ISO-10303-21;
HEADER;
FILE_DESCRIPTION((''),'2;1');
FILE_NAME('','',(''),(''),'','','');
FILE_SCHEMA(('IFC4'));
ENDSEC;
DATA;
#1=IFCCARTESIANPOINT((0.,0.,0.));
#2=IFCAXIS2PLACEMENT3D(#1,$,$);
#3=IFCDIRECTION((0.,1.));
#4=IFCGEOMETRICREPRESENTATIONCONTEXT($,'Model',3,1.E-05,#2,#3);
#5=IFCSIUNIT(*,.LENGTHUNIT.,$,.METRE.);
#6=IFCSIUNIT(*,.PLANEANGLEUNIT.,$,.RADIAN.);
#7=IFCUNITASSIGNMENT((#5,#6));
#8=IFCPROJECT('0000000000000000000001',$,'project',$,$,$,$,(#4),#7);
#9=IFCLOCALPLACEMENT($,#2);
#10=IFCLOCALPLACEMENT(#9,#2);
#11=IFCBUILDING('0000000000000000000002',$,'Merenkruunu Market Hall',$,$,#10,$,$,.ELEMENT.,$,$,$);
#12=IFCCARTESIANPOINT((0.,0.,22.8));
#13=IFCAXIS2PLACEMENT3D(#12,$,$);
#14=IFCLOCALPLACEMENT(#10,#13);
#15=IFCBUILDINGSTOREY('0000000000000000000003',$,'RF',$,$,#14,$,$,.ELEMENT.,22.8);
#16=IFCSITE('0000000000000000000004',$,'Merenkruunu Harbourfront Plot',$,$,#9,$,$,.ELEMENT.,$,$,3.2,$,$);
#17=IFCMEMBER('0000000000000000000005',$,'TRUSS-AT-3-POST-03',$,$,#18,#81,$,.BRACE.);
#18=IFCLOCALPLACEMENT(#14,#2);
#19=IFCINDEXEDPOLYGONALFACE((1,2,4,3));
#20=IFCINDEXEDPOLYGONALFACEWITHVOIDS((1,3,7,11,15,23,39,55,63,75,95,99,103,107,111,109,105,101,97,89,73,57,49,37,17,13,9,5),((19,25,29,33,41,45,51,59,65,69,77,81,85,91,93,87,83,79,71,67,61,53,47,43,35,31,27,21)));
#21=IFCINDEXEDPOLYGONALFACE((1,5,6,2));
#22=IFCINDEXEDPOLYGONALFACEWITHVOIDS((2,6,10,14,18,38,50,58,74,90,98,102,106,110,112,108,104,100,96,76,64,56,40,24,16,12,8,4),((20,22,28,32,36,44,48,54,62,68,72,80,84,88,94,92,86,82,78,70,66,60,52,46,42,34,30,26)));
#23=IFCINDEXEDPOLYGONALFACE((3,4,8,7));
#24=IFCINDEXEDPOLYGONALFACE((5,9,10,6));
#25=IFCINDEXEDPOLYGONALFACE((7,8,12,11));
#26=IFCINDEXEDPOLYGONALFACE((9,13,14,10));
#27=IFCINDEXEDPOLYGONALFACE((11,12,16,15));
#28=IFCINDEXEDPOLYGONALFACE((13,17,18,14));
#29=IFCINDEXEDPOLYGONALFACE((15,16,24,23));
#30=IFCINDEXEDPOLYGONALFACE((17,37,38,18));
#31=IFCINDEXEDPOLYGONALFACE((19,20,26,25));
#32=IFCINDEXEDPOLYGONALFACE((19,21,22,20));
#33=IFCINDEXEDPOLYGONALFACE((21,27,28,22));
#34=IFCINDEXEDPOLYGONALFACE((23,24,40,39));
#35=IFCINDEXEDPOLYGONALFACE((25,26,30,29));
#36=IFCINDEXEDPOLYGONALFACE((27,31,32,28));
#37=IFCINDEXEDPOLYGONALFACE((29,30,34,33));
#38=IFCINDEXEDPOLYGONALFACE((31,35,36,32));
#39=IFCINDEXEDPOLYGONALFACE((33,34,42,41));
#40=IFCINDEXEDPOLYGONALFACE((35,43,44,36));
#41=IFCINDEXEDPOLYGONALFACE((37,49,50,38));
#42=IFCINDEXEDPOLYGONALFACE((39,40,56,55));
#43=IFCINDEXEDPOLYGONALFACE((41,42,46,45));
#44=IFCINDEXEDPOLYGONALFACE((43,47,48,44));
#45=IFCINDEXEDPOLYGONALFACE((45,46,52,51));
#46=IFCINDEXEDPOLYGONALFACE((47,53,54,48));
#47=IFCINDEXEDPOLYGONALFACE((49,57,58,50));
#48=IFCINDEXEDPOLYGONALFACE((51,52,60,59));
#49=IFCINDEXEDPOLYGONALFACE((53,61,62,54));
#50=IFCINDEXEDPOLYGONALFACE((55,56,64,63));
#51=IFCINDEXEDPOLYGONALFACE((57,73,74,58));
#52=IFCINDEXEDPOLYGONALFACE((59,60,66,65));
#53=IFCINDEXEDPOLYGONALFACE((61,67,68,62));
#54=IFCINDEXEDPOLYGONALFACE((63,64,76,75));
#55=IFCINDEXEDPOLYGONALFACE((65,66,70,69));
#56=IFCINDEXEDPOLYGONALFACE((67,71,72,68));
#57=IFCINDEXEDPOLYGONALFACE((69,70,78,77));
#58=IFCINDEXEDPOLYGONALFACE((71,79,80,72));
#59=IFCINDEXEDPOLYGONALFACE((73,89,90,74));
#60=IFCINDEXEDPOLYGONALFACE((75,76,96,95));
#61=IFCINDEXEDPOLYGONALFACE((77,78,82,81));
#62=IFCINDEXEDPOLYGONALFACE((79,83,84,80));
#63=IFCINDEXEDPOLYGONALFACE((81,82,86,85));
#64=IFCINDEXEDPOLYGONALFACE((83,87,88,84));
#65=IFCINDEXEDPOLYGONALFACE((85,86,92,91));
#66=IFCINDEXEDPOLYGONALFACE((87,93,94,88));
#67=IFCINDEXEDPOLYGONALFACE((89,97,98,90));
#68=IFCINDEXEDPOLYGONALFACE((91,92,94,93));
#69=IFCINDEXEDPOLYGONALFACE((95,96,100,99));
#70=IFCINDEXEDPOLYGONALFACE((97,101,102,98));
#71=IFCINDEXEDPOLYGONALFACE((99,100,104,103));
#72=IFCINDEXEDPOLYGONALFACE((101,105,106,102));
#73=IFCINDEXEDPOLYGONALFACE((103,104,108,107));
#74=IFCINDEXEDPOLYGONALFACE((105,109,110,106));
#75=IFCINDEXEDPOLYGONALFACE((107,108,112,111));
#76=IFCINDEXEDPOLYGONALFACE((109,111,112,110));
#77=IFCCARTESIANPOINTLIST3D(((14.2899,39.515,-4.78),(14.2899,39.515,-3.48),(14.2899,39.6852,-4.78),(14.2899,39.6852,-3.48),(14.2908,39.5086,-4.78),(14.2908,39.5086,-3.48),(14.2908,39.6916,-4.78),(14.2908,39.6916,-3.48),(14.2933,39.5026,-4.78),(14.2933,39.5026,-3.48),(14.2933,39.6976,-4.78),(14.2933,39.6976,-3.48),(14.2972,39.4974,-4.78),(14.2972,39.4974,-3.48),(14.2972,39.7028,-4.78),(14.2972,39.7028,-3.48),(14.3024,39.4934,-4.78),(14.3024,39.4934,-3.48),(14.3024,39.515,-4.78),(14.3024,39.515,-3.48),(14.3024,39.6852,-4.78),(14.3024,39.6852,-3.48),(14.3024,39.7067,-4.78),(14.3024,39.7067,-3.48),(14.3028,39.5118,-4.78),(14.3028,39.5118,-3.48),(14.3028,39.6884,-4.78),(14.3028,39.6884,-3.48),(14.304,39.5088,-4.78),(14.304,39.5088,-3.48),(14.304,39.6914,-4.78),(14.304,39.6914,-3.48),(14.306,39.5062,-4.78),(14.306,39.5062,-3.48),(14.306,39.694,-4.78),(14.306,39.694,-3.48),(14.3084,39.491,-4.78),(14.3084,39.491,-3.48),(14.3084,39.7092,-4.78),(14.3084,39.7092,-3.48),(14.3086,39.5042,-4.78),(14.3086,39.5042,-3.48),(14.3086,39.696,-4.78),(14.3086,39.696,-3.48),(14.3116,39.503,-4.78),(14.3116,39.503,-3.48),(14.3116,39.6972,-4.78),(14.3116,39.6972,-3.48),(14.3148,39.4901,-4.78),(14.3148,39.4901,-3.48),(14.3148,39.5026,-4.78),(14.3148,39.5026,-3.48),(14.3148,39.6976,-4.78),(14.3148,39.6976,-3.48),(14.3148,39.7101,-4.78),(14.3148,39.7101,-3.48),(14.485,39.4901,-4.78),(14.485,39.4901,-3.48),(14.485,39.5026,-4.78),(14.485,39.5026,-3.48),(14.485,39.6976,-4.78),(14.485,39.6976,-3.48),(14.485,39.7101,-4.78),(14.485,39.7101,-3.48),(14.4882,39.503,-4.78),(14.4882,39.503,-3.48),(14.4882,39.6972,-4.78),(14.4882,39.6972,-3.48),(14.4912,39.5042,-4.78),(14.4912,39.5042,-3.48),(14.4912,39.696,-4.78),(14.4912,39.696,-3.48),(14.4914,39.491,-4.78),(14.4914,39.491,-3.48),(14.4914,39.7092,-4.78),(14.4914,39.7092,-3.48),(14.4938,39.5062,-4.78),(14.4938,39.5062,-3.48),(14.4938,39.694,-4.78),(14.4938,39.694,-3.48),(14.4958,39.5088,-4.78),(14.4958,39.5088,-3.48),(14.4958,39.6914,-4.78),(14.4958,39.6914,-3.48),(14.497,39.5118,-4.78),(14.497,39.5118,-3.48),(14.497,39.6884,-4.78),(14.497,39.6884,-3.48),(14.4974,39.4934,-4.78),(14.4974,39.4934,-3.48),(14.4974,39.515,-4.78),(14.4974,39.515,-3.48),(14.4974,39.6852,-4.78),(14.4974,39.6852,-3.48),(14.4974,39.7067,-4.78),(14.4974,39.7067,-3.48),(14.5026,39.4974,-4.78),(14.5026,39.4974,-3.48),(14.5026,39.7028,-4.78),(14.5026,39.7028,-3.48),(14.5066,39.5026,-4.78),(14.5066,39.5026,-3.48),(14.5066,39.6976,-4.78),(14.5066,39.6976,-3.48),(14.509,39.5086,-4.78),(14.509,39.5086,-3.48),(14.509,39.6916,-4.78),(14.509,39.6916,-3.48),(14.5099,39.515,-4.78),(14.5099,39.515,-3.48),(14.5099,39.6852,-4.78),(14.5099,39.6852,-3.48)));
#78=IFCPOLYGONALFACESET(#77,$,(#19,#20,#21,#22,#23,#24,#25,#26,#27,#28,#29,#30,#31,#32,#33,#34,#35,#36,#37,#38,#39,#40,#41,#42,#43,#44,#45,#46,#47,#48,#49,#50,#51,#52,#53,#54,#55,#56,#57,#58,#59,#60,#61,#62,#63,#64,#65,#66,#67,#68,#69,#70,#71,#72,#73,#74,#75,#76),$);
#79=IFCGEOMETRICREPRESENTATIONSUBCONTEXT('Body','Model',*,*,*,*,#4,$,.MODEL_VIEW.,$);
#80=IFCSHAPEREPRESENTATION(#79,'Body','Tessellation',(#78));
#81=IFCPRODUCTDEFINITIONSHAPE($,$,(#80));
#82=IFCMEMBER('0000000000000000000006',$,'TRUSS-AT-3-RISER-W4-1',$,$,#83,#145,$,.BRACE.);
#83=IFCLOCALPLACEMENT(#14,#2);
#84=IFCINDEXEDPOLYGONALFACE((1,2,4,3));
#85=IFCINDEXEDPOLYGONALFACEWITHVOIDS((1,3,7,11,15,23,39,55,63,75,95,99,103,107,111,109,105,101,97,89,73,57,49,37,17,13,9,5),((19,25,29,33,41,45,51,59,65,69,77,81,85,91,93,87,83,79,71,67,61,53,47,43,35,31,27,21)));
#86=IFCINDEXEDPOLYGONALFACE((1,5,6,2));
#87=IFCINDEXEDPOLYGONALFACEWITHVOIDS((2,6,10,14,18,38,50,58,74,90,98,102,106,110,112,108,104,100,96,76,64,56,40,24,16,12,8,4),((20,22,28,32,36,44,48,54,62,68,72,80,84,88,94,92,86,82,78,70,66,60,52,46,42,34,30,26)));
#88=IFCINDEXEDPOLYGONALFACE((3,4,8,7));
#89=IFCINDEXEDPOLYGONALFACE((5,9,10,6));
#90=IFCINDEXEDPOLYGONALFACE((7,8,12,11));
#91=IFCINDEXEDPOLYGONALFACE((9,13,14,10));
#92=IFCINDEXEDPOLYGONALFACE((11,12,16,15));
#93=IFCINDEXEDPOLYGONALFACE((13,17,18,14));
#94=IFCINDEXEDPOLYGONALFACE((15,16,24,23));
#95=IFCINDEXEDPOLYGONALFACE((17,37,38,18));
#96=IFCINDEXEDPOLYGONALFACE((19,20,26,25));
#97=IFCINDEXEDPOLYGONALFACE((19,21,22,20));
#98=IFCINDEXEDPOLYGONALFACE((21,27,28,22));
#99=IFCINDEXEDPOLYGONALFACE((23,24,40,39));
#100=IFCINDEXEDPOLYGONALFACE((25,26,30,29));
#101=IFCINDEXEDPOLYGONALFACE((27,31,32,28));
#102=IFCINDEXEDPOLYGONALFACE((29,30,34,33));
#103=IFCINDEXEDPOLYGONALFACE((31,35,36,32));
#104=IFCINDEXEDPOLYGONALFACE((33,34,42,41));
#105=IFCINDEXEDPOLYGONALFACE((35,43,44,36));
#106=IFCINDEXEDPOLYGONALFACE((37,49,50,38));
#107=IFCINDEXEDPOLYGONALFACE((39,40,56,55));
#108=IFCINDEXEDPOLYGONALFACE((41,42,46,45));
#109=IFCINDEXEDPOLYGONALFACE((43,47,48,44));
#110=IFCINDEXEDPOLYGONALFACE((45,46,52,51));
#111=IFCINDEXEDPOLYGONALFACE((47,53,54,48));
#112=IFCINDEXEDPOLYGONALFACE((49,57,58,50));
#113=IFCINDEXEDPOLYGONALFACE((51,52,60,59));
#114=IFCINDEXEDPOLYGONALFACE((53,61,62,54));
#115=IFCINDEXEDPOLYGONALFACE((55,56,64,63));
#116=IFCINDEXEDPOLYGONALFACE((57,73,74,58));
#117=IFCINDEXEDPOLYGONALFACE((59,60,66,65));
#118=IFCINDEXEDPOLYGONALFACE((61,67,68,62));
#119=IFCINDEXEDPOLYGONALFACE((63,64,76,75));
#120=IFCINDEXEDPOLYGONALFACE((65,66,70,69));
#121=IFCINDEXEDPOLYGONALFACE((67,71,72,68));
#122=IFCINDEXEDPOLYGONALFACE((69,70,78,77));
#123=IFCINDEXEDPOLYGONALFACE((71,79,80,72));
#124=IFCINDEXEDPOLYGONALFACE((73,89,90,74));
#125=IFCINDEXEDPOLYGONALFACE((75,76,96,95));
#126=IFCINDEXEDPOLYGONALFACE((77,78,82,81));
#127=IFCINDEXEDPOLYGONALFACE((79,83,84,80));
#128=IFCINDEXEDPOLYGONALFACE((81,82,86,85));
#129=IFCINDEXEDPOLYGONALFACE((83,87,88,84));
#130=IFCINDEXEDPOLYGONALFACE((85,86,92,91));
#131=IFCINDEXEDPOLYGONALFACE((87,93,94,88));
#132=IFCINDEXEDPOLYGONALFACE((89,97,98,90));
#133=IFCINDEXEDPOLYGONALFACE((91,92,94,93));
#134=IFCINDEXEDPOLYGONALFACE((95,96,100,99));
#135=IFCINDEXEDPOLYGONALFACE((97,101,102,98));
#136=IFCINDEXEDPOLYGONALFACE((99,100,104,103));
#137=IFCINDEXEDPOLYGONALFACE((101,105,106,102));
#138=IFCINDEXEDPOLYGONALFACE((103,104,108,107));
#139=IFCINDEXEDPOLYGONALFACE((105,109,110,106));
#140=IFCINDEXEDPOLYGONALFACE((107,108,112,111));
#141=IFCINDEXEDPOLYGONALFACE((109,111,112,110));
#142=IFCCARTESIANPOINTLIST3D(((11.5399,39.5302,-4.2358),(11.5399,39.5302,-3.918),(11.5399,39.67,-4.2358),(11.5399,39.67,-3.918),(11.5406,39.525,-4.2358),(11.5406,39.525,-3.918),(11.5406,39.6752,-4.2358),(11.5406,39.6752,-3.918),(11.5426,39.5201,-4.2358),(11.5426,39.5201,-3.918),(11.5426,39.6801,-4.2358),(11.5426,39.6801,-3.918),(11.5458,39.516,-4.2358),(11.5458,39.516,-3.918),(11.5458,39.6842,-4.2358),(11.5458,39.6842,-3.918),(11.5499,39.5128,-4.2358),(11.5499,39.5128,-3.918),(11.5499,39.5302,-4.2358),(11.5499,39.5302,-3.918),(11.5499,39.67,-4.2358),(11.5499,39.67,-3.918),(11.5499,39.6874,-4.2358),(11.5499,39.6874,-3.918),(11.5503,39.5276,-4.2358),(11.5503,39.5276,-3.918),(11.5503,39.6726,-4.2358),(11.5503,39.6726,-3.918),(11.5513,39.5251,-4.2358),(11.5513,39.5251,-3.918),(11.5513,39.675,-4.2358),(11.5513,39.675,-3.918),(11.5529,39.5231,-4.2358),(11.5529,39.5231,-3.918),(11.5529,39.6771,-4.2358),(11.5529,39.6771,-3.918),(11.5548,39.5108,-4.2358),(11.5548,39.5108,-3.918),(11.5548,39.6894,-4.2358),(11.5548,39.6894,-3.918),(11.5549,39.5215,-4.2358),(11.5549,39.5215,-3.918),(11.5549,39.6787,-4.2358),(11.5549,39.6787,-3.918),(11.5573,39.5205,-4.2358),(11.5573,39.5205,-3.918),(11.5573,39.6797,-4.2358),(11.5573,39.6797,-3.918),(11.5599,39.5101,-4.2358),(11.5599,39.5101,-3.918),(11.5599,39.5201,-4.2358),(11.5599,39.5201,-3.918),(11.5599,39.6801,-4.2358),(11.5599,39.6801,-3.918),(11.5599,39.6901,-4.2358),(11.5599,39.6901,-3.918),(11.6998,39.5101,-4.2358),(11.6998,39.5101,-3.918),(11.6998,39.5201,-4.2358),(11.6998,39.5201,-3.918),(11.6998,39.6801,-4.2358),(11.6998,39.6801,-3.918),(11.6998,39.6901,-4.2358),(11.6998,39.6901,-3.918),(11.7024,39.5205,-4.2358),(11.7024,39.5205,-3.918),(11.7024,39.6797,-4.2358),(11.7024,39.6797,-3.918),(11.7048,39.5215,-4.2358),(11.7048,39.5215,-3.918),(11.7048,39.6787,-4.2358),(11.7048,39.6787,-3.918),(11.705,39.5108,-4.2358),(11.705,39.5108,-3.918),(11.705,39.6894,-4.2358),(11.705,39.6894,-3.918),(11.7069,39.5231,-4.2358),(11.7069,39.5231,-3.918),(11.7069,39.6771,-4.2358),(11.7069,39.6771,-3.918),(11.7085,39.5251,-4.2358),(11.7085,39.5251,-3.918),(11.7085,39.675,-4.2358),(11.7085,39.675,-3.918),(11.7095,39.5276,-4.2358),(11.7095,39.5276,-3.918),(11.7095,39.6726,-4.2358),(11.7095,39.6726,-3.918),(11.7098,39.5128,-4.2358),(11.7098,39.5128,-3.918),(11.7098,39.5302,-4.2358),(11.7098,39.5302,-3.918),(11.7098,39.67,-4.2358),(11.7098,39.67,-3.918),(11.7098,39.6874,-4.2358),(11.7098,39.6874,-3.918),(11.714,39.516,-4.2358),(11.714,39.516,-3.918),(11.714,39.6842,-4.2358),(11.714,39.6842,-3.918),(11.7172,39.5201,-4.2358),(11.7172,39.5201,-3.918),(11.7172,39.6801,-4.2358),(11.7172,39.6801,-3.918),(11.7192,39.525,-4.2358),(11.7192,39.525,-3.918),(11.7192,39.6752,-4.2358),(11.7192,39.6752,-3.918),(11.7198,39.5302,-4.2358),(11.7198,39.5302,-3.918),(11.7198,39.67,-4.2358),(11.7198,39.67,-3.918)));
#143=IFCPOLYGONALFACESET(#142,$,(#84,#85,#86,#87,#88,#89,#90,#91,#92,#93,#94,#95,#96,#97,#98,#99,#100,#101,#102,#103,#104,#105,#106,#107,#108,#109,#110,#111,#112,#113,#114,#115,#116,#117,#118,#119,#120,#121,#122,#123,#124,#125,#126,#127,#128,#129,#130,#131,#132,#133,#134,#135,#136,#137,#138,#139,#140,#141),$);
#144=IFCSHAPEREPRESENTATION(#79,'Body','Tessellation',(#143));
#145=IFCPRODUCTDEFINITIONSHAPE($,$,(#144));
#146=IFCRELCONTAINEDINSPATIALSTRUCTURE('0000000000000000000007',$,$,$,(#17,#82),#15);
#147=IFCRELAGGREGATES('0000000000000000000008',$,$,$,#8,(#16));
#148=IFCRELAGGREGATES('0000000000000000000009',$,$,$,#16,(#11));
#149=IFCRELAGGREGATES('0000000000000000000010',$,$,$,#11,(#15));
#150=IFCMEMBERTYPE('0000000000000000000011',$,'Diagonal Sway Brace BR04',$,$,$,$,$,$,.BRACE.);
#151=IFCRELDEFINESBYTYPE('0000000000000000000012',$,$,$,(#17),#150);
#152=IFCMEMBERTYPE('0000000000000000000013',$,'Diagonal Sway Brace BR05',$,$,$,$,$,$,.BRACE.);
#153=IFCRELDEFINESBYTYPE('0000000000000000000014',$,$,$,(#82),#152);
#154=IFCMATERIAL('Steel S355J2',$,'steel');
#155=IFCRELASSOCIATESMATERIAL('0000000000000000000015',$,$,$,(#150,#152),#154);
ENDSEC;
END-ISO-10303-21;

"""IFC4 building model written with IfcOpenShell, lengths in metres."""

from ifc_helpers import new_model, si_unit, direction, frame, origin, origin_2d, place, context, subcontext, project, spatial, hollow_rectangle, extrude, material, material_profile, profile_set, type_object, element, save


model = new_model("IFC4")

# Units and contexts
model_context = context("Model", 3, precision=1e-05, world=origin(), true_north=direction((0.0, 1.0)))
body_context = subcontext(model_context, "Body", "Model", "MODEL_VIEW")
ifc_project = project(units=[si_unit("LENGTHUNIT", "METRE"), si_unit("PLANEANGLEUNIT", "RADIAN")], contexts=[model_context])

# Site, building, storey
site_placement = place(None, origin())
site = spatial("IfcSite", under=ifc_project, at=site_placement, Name="Merenkruunu Harbourfront Plot", CompositionType="ELEMENT", RefElevation=3.2)
building_placement = place(site_placement, origin())
building = spatial("IfcBuilding", under=site, at=building_placement, Name="Merenkruunu Market Hall", CompositionType="ELEMENT")
storey_placement = place(building_placement, frame((0.0, 0.0, 22.8)))
storey = spatial("IfcBuildingStorey", under=building, at=storey_placement, Name="RF", CompositionType="ELEMENT", Elevation=22.8)

# Members
ifc_material_1 = material(Name="Steel S355J2", Category="steel")
ifc_material_profile_1 = material_profile(ifc_material_1, hollow_rectangle(XDim=0.22, YDim=0.22, WallThickness=0.0125, InnerFilletRadius=0.0125, OuterFilletRadius=0.0249, at=origin_2d()), Name="SHS 220x220x12.5")
ifc_profile_set_1 = profile_set([ifc_material_profile_1], Name="Steel S355J2")
member_type_1 = type_object("IfcMemberType", Name="Diagonal Sway Brace BR04", PredefinedType="BRACE", material=ifc_profile_set_1)
member_1_placement = place(storey_placement, frame((14.3999, 39.6001, -4.78), z_axis=(0.0, 0.0, 1.0), x_axis=(1.0, 0.0, 0.0)))
element("IfcMember", 1, at=member_1_placement, inside=storey, type_object=member_type_1, Name="TRUSS-AT-3-POST-03", PredefinedType="BRACE", context=body_context, shape_type="SweptSolid", body=[
    extrude(hollow_rectangle(XDim=0.22, YDim=0.22, WallThickness=0.0125, InnerFilletRadius=0.0125, OuterFilletRadius=0.0249, at=origin_2d()), origin(), (0.0, 0.0, 1.0), 1.3),
])
ifc_material_profile_2 = material_profile(ifc_material_1, hollow_rectangle(XDim=0.1799, YDim=0.1799, WallThickness=0.01, InnerFilletRadius=0.01, OuterFilletRadius=0.02, at=origin_2d()), Name="SHS 180x180x10")
ifc_profile_set_2 = profile_set([ifc_material_profile_2], Name="Steel S355J2")
member_type_2 = type_object("IfcMemberType", Name="Diagonal Sway Brace BR05", PredefinedType="BRACE", material=ifc_profile_set_2)
member_2_placement = place(storey_placement, frame((11.6299, 39.6001, -4.2358), z_axis=(0.0, 0.0, 1.0), x_axis=(1.0, 0.0, 0.0)))
element("IfcMember", 2, at=member_2_placement, inside=storey, type_object=member_type_2, Name="TRUSS-AT-3-RISER-W4-1", PredefinedType="BRACE", context=body_context, shape_type="SweptSolid", body=[
    extrude(hollow_rectangle(XDim=0.1799, YDim=0.1799, WallThickness=0.01, InnerFilletRadius=0.01, OuterFilletRadius=0.02, at=origin_2d()), origin(), (0.0, 0.0, 1.0), 0.3179),
])

save(model, "model.ifc")
